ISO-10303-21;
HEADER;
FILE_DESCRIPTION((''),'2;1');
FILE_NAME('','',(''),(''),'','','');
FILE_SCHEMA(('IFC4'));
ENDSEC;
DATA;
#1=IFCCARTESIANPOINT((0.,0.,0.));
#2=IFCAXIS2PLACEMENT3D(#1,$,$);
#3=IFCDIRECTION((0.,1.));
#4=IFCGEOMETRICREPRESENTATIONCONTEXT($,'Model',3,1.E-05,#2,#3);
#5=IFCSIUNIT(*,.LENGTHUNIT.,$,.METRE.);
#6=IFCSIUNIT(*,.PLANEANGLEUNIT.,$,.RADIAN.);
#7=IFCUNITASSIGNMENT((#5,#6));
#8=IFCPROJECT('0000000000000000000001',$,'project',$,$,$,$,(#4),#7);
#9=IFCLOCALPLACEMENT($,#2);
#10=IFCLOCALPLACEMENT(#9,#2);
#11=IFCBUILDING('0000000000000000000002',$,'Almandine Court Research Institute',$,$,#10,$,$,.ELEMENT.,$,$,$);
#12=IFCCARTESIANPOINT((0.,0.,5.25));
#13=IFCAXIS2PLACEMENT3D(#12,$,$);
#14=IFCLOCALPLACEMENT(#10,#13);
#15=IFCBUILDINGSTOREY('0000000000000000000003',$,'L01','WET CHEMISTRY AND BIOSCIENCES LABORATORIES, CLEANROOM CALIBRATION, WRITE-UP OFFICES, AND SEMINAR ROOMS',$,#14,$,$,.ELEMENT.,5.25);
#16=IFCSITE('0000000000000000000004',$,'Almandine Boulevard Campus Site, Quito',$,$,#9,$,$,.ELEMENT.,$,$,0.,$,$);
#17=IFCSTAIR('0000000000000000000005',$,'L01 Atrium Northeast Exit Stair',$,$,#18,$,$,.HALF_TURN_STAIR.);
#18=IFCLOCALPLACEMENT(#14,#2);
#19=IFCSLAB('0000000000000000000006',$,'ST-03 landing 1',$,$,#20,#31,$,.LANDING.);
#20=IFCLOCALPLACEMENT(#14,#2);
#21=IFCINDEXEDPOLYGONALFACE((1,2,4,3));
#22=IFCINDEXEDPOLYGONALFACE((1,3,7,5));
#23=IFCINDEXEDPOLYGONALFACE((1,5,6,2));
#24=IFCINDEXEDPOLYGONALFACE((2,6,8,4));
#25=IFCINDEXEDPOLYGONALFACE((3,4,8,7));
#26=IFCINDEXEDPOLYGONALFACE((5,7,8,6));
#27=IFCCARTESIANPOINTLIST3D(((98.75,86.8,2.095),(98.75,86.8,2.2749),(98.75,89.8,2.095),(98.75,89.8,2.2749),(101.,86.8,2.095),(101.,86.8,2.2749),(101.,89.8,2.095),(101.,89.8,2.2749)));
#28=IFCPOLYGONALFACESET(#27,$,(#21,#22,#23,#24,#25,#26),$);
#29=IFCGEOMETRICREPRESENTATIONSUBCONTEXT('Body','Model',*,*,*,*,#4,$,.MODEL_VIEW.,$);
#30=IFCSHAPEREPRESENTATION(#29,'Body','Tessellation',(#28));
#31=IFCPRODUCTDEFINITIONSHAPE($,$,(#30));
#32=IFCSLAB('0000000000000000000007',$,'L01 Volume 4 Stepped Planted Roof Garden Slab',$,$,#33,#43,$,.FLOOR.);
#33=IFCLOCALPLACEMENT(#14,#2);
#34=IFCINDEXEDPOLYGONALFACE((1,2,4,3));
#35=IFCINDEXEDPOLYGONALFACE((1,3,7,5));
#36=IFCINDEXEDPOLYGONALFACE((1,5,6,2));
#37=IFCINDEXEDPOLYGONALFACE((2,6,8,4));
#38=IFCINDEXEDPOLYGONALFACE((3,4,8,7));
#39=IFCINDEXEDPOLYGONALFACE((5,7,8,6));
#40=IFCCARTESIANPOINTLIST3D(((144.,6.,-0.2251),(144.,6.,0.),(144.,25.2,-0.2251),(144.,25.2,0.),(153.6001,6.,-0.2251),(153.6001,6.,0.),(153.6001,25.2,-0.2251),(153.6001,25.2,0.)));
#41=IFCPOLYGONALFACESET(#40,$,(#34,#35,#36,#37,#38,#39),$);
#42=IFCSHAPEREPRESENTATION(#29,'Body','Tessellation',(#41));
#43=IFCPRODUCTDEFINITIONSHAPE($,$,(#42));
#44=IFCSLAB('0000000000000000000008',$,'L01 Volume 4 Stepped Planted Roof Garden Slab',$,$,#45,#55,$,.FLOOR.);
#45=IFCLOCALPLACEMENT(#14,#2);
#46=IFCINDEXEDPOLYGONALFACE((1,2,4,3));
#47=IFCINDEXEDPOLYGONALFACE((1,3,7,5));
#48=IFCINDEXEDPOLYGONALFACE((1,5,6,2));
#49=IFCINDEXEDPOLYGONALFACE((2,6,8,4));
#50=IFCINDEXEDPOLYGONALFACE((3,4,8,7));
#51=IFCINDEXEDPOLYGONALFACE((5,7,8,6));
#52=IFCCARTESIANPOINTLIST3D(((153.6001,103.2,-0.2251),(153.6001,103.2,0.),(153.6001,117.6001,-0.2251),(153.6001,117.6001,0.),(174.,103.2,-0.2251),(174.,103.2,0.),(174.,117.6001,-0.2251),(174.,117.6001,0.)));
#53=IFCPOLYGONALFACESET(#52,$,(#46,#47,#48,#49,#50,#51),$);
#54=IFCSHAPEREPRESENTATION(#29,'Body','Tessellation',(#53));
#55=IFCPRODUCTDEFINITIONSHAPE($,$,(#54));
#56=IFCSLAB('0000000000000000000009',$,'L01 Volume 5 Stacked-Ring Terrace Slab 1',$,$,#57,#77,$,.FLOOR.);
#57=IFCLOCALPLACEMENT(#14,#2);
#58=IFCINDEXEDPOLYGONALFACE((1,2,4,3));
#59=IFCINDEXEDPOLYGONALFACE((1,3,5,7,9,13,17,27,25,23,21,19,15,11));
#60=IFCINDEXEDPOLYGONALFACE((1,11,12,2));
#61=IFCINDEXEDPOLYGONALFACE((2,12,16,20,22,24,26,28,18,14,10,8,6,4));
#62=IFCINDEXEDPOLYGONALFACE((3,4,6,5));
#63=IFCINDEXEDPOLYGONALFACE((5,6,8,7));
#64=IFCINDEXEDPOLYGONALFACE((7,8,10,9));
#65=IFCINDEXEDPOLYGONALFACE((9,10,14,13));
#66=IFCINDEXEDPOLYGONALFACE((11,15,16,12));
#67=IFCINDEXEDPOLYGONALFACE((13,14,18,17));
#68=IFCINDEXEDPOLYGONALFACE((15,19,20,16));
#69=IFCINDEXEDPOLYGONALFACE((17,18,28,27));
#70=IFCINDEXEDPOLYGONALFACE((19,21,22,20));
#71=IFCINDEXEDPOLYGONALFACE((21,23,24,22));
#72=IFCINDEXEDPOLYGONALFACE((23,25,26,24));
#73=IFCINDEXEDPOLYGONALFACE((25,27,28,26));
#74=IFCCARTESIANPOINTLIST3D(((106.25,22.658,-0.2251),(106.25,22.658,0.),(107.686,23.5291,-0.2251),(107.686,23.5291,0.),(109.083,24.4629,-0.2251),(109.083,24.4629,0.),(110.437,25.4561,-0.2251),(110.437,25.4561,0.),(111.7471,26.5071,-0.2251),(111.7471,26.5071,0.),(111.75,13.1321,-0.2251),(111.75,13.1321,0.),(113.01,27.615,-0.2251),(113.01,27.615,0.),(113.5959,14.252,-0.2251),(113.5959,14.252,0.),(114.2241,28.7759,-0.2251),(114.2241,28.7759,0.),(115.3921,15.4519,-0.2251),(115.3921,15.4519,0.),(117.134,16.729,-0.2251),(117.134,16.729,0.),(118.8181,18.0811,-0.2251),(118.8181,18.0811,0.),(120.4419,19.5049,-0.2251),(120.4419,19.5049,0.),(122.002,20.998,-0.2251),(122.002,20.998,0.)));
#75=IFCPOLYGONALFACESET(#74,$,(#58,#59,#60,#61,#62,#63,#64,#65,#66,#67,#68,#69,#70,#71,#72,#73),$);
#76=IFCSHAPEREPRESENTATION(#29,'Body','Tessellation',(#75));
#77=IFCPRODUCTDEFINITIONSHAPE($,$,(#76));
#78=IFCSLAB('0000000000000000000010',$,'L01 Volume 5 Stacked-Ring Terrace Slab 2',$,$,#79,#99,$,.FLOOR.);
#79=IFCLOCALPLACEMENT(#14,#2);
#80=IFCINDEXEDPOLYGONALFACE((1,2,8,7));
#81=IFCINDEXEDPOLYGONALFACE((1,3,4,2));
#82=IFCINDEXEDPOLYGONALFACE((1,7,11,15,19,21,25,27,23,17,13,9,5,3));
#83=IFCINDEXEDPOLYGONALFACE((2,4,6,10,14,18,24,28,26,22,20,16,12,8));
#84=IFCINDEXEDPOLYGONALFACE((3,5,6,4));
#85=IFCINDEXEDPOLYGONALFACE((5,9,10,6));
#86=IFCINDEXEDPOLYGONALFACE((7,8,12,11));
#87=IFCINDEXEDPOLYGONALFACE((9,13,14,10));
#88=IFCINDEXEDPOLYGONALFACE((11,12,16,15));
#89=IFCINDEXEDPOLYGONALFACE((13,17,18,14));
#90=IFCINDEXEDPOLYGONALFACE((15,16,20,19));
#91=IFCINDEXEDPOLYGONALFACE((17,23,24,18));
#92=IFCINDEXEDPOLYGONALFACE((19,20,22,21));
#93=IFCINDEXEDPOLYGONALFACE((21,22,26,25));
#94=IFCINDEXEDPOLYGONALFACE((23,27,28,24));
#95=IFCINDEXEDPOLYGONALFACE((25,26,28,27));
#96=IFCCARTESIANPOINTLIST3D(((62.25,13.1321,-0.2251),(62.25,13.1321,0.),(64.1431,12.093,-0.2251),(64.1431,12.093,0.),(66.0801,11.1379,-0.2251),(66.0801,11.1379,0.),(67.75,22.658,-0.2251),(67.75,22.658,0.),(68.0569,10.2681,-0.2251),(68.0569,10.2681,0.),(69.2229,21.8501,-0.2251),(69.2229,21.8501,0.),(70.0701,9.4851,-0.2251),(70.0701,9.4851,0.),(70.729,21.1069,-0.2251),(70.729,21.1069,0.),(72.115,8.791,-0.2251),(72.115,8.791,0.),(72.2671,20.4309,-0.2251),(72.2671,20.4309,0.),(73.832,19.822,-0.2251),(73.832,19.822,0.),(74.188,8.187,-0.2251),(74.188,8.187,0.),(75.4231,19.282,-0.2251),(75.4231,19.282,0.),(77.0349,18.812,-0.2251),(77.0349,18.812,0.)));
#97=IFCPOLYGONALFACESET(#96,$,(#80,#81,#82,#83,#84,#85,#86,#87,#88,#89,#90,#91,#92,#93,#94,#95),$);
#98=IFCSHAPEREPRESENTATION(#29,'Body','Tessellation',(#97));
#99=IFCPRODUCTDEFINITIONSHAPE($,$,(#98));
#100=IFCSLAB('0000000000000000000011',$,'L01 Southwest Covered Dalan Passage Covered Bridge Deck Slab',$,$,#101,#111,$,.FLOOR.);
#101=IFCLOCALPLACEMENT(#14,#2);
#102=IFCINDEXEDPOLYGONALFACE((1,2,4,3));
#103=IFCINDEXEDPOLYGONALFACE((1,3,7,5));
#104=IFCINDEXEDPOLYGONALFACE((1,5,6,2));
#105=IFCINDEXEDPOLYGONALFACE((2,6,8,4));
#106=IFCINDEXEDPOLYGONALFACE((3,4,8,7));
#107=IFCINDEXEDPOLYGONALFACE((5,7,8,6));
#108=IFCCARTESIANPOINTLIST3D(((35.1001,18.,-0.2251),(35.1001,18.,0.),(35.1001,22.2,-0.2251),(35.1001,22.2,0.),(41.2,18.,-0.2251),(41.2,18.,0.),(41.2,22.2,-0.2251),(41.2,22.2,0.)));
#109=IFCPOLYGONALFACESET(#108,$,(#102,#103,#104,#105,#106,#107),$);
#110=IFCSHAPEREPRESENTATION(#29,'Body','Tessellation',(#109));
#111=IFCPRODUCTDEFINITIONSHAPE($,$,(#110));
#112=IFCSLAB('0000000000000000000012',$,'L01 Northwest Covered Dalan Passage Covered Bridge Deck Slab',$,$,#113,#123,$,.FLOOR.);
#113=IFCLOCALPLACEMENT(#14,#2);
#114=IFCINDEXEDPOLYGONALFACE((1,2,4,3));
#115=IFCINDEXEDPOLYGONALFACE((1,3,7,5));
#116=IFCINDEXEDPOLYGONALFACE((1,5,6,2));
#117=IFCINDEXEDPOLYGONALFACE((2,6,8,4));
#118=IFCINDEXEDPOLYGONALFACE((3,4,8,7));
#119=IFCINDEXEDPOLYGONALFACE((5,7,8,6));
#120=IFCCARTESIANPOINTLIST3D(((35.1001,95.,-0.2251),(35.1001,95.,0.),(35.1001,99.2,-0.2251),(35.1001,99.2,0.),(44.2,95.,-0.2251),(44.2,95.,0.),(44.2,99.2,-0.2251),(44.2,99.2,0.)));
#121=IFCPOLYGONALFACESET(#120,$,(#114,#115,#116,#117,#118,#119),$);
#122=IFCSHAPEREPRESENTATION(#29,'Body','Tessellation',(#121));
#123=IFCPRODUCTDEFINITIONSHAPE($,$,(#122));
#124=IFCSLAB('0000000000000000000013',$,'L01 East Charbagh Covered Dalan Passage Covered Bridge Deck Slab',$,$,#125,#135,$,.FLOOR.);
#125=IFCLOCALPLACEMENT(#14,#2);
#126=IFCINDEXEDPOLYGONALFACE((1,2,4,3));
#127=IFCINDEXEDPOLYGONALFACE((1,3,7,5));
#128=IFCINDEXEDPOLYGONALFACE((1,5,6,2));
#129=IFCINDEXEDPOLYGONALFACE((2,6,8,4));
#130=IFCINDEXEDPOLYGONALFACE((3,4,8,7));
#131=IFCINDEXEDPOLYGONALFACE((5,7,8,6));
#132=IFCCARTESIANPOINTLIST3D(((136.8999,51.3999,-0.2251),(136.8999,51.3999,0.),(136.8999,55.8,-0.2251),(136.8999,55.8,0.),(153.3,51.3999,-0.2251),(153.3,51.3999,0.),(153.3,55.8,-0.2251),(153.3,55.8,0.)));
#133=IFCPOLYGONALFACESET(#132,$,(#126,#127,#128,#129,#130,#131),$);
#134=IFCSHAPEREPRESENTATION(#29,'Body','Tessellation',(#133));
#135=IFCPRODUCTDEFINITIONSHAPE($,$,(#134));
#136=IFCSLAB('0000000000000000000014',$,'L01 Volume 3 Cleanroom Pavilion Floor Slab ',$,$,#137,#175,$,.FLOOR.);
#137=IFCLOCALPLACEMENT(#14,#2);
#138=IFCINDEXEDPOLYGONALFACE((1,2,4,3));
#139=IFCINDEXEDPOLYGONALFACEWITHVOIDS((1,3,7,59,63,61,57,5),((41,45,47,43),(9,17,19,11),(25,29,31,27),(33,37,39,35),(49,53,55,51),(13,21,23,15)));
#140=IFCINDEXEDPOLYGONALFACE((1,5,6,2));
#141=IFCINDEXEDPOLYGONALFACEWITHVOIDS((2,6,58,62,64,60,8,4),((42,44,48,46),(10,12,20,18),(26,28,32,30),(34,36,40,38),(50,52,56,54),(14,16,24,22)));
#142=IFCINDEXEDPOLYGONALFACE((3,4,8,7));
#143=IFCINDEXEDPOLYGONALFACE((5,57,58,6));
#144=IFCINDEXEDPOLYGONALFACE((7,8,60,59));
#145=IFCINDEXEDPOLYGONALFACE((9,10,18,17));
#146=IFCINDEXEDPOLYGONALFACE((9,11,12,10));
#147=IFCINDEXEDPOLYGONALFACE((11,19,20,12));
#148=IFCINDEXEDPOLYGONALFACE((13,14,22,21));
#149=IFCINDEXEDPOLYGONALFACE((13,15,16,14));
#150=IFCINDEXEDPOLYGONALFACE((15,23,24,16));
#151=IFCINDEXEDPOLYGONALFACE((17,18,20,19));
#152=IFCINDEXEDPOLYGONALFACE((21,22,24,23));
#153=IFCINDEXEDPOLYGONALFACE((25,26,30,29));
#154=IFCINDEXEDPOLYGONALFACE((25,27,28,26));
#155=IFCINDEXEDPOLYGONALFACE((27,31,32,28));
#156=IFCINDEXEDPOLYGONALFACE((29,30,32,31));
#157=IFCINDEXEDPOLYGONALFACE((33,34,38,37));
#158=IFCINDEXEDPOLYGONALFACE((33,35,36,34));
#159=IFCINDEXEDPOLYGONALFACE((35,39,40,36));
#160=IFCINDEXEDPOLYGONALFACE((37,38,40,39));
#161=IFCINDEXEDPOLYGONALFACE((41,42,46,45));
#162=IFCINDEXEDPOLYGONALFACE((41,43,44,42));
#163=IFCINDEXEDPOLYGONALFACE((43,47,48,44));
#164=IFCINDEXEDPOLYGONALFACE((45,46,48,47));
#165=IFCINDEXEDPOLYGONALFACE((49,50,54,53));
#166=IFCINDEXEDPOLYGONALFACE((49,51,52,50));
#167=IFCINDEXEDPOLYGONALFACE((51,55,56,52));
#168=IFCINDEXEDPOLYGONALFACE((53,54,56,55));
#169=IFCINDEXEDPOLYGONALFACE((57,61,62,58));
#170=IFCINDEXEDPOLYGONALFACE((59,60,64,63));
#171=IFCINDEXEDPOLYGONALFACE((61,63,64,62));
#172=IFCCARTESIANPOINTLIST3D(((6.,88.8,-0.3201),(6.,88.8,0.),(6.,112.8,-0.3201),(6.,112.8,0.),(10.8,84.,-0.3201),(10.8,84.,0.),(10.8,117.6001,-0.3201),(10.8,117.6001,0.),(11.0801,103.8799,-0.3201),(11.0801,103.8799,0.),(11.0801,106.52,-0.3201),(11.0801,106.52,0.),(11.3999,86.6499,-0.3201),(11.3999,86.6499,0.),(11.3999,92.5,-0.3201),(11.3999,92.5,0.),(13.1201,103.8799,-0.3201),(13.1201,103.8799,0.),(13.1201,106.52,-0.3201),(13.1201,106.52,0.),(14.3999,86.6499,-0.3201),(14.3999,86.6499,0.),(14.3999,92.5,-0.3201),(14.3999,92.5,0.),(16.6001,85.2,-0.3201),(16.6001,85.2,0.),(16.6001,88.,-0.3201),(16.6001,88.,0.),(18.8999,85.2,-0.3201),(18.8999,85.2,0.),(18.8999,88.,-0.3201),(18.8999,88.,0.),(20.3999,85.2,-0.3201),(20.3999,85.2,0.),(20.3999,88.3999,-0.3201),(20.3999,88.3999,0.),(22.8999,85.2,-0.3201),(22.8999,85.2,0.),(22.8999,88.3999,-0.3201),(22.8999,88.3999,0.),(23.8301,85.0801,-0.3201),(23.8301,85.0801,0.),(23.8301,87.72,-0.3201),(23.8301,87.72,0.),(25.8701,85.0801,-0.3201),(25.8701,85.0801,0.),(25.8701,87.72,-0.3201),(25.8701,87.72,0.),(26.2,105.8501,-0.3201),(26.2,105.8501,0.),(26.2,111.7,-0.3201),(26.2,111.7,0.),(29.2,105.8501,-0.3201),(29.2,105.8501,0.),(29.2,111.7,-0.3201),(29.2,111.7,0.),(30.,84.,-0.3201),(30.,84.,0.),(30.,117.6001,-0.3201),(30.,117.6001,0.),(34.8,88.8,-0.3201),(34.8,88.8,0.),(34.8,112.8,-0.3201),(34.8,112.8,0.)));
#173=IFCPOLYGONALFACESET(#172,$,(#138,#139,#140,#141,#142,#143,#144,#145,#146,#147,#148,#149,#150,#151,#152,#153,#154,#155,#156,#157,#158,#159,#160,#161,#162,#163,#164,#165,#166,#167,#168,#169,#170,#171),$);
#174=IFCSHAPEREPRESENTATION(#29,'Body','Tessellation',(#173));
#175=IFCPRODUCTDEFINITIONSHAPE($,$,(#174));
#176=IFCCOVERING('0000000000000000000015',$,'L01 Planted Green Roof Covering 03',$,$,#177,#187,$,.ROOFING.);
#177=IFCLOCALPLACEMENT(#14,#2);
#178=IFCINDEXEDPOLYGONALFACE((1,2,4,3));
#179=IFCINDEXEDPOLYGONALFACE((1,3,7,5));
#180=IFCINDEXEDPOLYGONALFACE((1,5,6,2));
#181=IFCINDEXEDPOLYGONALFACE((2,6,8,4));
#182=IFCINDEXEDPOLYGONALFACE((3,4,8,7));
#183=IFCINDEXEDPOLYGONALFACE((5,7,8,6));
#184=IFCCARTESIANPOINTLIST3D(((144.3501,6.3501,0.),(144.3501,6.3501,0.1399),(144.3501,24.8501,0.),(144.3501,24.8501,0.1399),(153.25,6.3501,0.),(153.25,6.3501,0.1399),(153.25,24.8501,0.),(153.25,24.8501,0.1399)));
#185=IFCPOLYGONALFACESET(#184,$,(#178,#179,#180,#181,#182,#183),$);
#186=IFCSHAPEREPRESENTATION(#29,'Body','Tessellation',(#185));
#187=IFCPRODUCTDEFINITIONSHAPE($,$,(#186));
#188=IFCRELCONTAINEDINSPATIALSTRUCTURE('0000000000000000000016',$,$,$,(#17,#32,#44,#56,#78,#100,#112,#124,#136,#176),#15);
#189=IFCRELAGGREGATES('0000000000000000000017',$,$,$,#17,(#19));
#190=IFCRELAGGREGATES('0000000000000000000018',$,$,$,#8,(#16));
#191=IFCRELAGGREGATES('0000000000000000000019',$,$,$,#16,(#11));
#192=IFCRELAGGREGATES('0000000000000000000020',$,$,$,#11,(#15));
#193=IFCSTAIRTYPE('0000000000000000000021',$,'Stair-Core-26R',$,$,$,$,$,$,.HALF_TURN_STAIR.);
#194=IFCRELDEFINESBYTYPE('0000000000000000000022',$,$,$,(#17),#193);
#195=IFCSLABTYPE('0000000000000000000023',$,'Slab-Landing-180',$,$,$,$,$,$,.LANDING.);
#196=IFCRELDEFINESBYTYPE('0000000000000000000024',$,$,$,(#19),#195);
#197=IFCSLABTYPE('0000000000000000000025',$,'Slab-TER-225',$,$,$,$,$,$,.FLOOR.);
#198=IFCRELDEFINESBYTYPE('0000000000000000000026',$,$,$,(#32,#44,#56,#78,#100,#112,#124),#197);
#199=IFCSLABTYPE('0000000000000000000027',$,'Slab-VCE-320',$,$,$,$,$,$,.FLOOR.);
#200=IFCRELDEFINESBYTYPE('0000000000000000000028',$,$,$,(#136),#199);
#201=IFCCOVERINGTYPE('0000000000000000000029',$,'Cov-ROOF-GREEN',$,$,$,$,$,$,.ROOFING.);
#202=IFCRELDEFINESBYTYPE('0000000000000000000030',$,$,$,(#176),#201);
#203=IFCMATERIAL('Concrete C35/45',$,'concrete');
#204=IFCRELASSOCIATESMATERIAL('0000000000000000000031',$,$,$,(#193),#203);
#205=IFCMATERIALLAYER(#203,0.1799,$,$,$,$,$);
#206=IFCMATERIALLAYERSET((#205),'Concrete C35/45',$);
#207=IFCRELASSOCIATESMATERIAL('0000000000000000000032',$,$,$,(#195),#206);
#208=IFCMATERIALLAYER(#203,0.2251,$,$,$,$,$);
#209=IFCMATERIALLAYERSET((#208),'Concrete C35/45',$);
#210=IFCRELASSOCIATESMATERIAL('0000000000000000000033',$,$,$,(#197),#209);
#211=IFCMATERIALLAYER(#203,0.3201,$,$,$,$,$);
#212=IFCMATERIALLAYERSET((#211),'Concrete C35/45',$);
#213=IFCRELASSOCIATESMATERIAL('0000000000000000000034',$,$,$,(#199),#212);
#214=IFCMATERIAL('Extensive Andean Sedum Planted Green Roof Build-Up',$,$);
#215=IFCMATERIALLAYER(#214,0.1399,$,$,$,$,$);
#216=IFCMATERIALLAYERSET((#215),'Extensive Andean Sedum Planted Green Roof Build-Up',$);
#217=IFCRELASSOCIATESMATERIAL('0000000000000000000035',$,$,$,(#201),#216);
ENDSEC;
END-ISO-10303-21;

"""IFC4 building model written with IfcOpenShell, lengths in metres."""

from ifc_helpers import new_model, si_unit, direction, frame, origin, place, context, subcontext, project, spatial, polyline, outline, extrude, material, layer, layer_set, type_object, element, aggregate, save


model = new_model("IFC4")

# Units and contexts
model_context = context("Model", 3, precision=1e-05, world=origin(), true_north=direction((0.0, 1.0)))
body_context = subcontext(model_context, "Body", "Model", "MODEL_VIEW")
ifc_project = project(units=[si_unit("LENGTHUNIT", "METRE"), si_unit("PLANEANGLEUNIT", "RADIAN")], contexts=[model_context])

# Site, building, storey
site_placement = place(None, origin())
site = spatial("IfcSite", under=ifc_project, at=site_placement, Name="Almandine Boulevard Campus Site, Quito", CompositionType="ELEMENT", RefElevation=0.0)
building_placement = place(site_placement, origin())
building = spatial("IfcBuilding", under=site, at=building_placement, Name="Almandine Court Research Institute", CompositionType="ELEMENT")
storey_placement = place(building_placement, frame((0.0, 0.0, 5.25)))
storey = spatial("IfcBuildingStorey", under=building, at=storey_placement, Name="L01", Description="WET CHEMISTRY AND BIOSCIENCES LABORATORIES, CLEANROOM CALIBRATION, WRITE-UP OFFICES, AND SEMINAR ROOMS", CompositionType="ELEMENT", Elevation=5.25)

# Shared definitions
ifc_material_1 = material(Name="Concrete C35/45", Category="concrete")

# Stair, slab
stair_type = type_object("IfcStairType", Name="Stair-Core-26R", PredefinedType="HALF_TURN_STAIR", material=ifc_material_1)
ifc_layer_1 = layer(ifc_material_1, 0.1799)
ifc_layer_set_1 = layer_set([ifc_layer_1], Name="Concrete C35/45")
slab_type_1 = type_object("IfcSlabType", Name="Slab-Landing-180", PredefinedType="LANDING", material=ifc_layer_set_1)
stair_1_placement = place(storey_placement, origin())
stair_1 = element("IfcStair", 1, at=stair_1_placement, inside=storey, type_object=stair_type, Name="L01 Atrium Northeast Exit Stair", PredefinedType="HALF_TURN_STAIR")
slab_1_placement = place(storey_placement, frame((0.0, 0.0, 2.095)))
slab_1 = element("IfcSlab", 2, at=slab_1_placement, type_object=slab_type_1, Name="ST-03 landing 1", PredefinedType="LANDING", context=body_context, shape_type="SweptSolid", body=[
    extrude(outline(polyline([(98.75, 86.8), (101.0, 86.8), (101.0, 89.8), (98.75, 89.8), (98.75, 86.8)])), origin(), (0.0, 0.0, 1.0), 0.1799),
])
aggregate(stair_1, [slab_1])

# Slabs
ifc_layer_2 = layer(ifc_material_1, 0.2251)
ifc_layer_set_2 = layer_set([ifc_layer_2], Name="Concrete C35/45")
slab_type_2 = type_object("IfcSlabType", Name="Slab-TER-225", PredefinedType="FLOOR", material=ifc_layer_set_2)
slab_2_placement = place(storey_placement, frame((0.0, 0.0, -0.2251)))
element("IfcSlab", 3, at=slab_2_placement, inside=storey, type_object=slab_type_2, Name="L01 Volume 4 Stepped Planted Roof Garden Slab", PredefinedType="FLOOR", context=body_context, shape_type="SweptSolid", body=[
    extrude(outline(polyline([(144.0, 6.0), (153.6001, 6.0), (153.6001, 25.2), (144.0, 25.2), (144.0, 6.0)])), origin(), (0.0, 0.0, 1.0), 0.2251),
])
slab_3_placement = place(storey_placement, frame((0.0, 0.0, -0.2251)))
element("IfcSlab", 4, at=slab_3_placement, inside=storey, type_object=slab_type_2, Name="L01 Volume 4 Stepped Planted Roof Garden Slab", PredefinedType="FLOOR", context=body_context, shape_type="SweptSolid", body=[
    extrude(outline(polyline([(153.6001, 103.2), (174.0, 103.2), (174.0, 117.6001), (153.6001, 117.6001), (153.6001, 103.2)])), origin(), (0.0, 0.0, 1.0), 0.2251),
])
slab_4_placement = place(storey_placement, frame((0.0, 0.0, -0.2251)))
element("IfcSlab", 5, at=slab_4_placement, inside=storey, type_object=slab_type_2, Name="L01 Volume 5 Stacked-Ring Terrace Slab 1", PredefinedType="FLOOR", context=body_context, shape_type="SweptSolid", body=[
    extrude(outline(polyline([(111.75, 13.1321), (113.5959, 14.252), (115.3921, 15.4519), (117.134, 16.729), (118.8181, 18.0811), (120.4419, 19.5049), (122.002, 20.998), (114.2241, 28.7759), (113.01, 27.615), (111.7471, 26.5071), (110.437, 25.4561), (109.083, 24.4629), (107.686, 23.5291), (106.25, 22.658), (111.75, 13.1321)])), origin(), (0.0, 0.0, 1.0), 0.2251),
])
slab_5_placement = place(storey_placement, frame((0.0, 0.0, -0.2251)))
element("IfcSlab", 6, at=slab_5_placement, inside=storey, type_object=slab_type_2, Name="L01 Volume 5 Stacked-Ring Terrace Slab 2", PredefinedType="FLOOR", context=body_context, shape_type="SweptSolid", body=[
    extrude(outline(polyline([(62.25, 13.1321), (64.1431, 12.093), (66.0801, 11.1379), (68.0569, 10.2681), (70.0701, 9.4851), (72.115, 8.791), (74.188, 8.187), (77.0349, 18.812), (75.4231, 19.282), (73.832, 19.822), (72.2671, 20.4309), (70.729, 21.1069), (69.2229, 21.8501), (67.75, 22.658), (62.25, 13.1321)])), origin(), (0.0, 0.0, 1.0), 0.2251),
])
slab_6_placement = place(storey_placement, frame((0.0, 0.0, -0.2251)))
element("IfcSlab", 7, at=slab_6_placement, inside=storey, type_object=slab_type_2, Name="L01 Southwest Covered Dalan Passage Covered Bridge Deck Slab", PredefinedType="FLOOR", context=body_context, shape_type="SweptSolid", body=[
    extrude(outline(polyline([(35.1001, 18.0), (41.2, 18.0), (41.2, 22.2), (35.1001, 22.2), (35.1001, 18.0)])), origin(), (0.0, 0.0, 1.0), 0.2251),
])
slab_7_placement = place(storey_placement, frame((0.0, 0.0, -0.2251)))
element("IfcSlab", 8, at=slab_7_placement, inside=storey, type_object=slab_type_2, Name="L01 Northwest Covered Dalan Passage Covered Bridge Deck Slab", PredefinedType="FLOOR", context=body_context, shape_type="SweptSolid", body=[
    extrude(outline(polyline([(35.1001, 95.0), (44.2, 95.0), (44.2, 99.2), (35.1001, 99.2), (35.1001, 95.0)])), origin(), (0.0, 0.0, 1.0), 0.2251),
])
slab_8_placement = place(storey_placement, frame((0.0, 0.0, -0.2251)))
element("IfcSlab", 9, at=slab_8_placement, inside=storey, type_object=slab_type_2, Name="L01 East Charbagh Covered Dalan Passage Covered Bridge Deck Slab", PredefinedType="FLOOR", context=body_context, shape_type="SweptSolid", body=[
    extrude(outline(polyline([(136.8999, 51.3999), (153.3, 51.3999), (153.3, 55.8), (136.8999, 55.8), (136.8999, 51.3999)])), origin(), (0.0, 0.0, 1.0), 0.2251),
])
ifc_layer_3 = layer(ifc_material_1, 0.3201)
ifc_layer_set_3 = layer_set([ifc_layer_3], Name="Concrete C35/45")
slab_type_3 = type_object("IfcSlabType", Name="Slab-VCE-320", PredefinedType="FLOOR", material=ifc_layer_set_3)
slab_9_placement = place(storey_placement, frame((0.0, 0.0, -0.3201)))
element("IfcSlab", 10, at=slab_9_placement, inside=storey, type_object=slab_type_3, Name="L01 Volume 3 Cleanroom Pavilion Floor Slab ", PredefinedType="FLOOR", context=body_context, shape_type="SweptSolid", body=[
    extrude(outline(polyline([(10.8, 84.0), (30.0, 84.0), (34.8, 88.8), (34.8, 112.8), (30.0, 117.6001), (10.8, 117.6001), (6.0, 112.8), (6.0, 88.8), (10.8, 84.0)]), holes=[polyline([(14.3999, 86.6499), (14.3999, 92.5), (11.3999, 92.5), (11.3999, 86.6499), (14.3999, 86.6499)]), polyline([(29.2, 105.8501), (29.2, 111.7), (26.2, 111.7), (26.2, 105.8501), (29.2, 105.8501)]), polyline([(16.6001, 85.2), (18.8999, 85.2), (18.8999, 88.0), (16.6001, 88.0), (16.6001, 85.2)]), polyline([(20.3999, 85.2), (22.8999, 85.2), (22.8999, 88.3999), (20.3999, 88.3999), (20.3999, 85.2)]), polyline([(23.8301, 85.0801), (25.8701, 85.0801), (25.8701, 87.72), (23.8301, 87.72), (23.8301, 85.0801)]), polyline([(11.0801, 103.8799), (13.1201, 103.8799), (13.1201, 106.52), (11.0801, 106.52), (11.0801, 103.8799)])]), origin(), (0.0, 0.0, 1.0), 0.3201),
])

# Covering
ifc_material_2 = material(Name="Extensive Andean Sedum Planted Green Roof Build-Up")
ifc_layer_4 = layer(ifc_material_2, 0.1399)
ifc_layer_set_4 = layer_set([ifc_layer_4], Name="Extensive Andean Sedum Planted Green Roof Build-Up")
covering_type_1 = type_object("IfcCoveringType", Name="Cov-ROOF-GREEN", PredefinedType="ROOFING", material=ifc_layer_set_4)
covering_1_placement = place(storey_placement, origin())
element("IfcCovering", 11, at=covering_1_placement, inside=storey, type_object=covering_type_1, Name="L01 Planted Green Roof Covering 03", PredefinedType="ROOFING", context=body_context, shape_type="SweptSolid", body=[
    extrude(outline(polyline([(144.3501, 6.3501), (144.3501, 24.8501), (153.25, 24.8501), (153.25, 6.3501), (144.3501, 6.3501)])), origin(), (0.0, 0.0, 1.0), 0.1399),
])

save(model, "model.ifc")
